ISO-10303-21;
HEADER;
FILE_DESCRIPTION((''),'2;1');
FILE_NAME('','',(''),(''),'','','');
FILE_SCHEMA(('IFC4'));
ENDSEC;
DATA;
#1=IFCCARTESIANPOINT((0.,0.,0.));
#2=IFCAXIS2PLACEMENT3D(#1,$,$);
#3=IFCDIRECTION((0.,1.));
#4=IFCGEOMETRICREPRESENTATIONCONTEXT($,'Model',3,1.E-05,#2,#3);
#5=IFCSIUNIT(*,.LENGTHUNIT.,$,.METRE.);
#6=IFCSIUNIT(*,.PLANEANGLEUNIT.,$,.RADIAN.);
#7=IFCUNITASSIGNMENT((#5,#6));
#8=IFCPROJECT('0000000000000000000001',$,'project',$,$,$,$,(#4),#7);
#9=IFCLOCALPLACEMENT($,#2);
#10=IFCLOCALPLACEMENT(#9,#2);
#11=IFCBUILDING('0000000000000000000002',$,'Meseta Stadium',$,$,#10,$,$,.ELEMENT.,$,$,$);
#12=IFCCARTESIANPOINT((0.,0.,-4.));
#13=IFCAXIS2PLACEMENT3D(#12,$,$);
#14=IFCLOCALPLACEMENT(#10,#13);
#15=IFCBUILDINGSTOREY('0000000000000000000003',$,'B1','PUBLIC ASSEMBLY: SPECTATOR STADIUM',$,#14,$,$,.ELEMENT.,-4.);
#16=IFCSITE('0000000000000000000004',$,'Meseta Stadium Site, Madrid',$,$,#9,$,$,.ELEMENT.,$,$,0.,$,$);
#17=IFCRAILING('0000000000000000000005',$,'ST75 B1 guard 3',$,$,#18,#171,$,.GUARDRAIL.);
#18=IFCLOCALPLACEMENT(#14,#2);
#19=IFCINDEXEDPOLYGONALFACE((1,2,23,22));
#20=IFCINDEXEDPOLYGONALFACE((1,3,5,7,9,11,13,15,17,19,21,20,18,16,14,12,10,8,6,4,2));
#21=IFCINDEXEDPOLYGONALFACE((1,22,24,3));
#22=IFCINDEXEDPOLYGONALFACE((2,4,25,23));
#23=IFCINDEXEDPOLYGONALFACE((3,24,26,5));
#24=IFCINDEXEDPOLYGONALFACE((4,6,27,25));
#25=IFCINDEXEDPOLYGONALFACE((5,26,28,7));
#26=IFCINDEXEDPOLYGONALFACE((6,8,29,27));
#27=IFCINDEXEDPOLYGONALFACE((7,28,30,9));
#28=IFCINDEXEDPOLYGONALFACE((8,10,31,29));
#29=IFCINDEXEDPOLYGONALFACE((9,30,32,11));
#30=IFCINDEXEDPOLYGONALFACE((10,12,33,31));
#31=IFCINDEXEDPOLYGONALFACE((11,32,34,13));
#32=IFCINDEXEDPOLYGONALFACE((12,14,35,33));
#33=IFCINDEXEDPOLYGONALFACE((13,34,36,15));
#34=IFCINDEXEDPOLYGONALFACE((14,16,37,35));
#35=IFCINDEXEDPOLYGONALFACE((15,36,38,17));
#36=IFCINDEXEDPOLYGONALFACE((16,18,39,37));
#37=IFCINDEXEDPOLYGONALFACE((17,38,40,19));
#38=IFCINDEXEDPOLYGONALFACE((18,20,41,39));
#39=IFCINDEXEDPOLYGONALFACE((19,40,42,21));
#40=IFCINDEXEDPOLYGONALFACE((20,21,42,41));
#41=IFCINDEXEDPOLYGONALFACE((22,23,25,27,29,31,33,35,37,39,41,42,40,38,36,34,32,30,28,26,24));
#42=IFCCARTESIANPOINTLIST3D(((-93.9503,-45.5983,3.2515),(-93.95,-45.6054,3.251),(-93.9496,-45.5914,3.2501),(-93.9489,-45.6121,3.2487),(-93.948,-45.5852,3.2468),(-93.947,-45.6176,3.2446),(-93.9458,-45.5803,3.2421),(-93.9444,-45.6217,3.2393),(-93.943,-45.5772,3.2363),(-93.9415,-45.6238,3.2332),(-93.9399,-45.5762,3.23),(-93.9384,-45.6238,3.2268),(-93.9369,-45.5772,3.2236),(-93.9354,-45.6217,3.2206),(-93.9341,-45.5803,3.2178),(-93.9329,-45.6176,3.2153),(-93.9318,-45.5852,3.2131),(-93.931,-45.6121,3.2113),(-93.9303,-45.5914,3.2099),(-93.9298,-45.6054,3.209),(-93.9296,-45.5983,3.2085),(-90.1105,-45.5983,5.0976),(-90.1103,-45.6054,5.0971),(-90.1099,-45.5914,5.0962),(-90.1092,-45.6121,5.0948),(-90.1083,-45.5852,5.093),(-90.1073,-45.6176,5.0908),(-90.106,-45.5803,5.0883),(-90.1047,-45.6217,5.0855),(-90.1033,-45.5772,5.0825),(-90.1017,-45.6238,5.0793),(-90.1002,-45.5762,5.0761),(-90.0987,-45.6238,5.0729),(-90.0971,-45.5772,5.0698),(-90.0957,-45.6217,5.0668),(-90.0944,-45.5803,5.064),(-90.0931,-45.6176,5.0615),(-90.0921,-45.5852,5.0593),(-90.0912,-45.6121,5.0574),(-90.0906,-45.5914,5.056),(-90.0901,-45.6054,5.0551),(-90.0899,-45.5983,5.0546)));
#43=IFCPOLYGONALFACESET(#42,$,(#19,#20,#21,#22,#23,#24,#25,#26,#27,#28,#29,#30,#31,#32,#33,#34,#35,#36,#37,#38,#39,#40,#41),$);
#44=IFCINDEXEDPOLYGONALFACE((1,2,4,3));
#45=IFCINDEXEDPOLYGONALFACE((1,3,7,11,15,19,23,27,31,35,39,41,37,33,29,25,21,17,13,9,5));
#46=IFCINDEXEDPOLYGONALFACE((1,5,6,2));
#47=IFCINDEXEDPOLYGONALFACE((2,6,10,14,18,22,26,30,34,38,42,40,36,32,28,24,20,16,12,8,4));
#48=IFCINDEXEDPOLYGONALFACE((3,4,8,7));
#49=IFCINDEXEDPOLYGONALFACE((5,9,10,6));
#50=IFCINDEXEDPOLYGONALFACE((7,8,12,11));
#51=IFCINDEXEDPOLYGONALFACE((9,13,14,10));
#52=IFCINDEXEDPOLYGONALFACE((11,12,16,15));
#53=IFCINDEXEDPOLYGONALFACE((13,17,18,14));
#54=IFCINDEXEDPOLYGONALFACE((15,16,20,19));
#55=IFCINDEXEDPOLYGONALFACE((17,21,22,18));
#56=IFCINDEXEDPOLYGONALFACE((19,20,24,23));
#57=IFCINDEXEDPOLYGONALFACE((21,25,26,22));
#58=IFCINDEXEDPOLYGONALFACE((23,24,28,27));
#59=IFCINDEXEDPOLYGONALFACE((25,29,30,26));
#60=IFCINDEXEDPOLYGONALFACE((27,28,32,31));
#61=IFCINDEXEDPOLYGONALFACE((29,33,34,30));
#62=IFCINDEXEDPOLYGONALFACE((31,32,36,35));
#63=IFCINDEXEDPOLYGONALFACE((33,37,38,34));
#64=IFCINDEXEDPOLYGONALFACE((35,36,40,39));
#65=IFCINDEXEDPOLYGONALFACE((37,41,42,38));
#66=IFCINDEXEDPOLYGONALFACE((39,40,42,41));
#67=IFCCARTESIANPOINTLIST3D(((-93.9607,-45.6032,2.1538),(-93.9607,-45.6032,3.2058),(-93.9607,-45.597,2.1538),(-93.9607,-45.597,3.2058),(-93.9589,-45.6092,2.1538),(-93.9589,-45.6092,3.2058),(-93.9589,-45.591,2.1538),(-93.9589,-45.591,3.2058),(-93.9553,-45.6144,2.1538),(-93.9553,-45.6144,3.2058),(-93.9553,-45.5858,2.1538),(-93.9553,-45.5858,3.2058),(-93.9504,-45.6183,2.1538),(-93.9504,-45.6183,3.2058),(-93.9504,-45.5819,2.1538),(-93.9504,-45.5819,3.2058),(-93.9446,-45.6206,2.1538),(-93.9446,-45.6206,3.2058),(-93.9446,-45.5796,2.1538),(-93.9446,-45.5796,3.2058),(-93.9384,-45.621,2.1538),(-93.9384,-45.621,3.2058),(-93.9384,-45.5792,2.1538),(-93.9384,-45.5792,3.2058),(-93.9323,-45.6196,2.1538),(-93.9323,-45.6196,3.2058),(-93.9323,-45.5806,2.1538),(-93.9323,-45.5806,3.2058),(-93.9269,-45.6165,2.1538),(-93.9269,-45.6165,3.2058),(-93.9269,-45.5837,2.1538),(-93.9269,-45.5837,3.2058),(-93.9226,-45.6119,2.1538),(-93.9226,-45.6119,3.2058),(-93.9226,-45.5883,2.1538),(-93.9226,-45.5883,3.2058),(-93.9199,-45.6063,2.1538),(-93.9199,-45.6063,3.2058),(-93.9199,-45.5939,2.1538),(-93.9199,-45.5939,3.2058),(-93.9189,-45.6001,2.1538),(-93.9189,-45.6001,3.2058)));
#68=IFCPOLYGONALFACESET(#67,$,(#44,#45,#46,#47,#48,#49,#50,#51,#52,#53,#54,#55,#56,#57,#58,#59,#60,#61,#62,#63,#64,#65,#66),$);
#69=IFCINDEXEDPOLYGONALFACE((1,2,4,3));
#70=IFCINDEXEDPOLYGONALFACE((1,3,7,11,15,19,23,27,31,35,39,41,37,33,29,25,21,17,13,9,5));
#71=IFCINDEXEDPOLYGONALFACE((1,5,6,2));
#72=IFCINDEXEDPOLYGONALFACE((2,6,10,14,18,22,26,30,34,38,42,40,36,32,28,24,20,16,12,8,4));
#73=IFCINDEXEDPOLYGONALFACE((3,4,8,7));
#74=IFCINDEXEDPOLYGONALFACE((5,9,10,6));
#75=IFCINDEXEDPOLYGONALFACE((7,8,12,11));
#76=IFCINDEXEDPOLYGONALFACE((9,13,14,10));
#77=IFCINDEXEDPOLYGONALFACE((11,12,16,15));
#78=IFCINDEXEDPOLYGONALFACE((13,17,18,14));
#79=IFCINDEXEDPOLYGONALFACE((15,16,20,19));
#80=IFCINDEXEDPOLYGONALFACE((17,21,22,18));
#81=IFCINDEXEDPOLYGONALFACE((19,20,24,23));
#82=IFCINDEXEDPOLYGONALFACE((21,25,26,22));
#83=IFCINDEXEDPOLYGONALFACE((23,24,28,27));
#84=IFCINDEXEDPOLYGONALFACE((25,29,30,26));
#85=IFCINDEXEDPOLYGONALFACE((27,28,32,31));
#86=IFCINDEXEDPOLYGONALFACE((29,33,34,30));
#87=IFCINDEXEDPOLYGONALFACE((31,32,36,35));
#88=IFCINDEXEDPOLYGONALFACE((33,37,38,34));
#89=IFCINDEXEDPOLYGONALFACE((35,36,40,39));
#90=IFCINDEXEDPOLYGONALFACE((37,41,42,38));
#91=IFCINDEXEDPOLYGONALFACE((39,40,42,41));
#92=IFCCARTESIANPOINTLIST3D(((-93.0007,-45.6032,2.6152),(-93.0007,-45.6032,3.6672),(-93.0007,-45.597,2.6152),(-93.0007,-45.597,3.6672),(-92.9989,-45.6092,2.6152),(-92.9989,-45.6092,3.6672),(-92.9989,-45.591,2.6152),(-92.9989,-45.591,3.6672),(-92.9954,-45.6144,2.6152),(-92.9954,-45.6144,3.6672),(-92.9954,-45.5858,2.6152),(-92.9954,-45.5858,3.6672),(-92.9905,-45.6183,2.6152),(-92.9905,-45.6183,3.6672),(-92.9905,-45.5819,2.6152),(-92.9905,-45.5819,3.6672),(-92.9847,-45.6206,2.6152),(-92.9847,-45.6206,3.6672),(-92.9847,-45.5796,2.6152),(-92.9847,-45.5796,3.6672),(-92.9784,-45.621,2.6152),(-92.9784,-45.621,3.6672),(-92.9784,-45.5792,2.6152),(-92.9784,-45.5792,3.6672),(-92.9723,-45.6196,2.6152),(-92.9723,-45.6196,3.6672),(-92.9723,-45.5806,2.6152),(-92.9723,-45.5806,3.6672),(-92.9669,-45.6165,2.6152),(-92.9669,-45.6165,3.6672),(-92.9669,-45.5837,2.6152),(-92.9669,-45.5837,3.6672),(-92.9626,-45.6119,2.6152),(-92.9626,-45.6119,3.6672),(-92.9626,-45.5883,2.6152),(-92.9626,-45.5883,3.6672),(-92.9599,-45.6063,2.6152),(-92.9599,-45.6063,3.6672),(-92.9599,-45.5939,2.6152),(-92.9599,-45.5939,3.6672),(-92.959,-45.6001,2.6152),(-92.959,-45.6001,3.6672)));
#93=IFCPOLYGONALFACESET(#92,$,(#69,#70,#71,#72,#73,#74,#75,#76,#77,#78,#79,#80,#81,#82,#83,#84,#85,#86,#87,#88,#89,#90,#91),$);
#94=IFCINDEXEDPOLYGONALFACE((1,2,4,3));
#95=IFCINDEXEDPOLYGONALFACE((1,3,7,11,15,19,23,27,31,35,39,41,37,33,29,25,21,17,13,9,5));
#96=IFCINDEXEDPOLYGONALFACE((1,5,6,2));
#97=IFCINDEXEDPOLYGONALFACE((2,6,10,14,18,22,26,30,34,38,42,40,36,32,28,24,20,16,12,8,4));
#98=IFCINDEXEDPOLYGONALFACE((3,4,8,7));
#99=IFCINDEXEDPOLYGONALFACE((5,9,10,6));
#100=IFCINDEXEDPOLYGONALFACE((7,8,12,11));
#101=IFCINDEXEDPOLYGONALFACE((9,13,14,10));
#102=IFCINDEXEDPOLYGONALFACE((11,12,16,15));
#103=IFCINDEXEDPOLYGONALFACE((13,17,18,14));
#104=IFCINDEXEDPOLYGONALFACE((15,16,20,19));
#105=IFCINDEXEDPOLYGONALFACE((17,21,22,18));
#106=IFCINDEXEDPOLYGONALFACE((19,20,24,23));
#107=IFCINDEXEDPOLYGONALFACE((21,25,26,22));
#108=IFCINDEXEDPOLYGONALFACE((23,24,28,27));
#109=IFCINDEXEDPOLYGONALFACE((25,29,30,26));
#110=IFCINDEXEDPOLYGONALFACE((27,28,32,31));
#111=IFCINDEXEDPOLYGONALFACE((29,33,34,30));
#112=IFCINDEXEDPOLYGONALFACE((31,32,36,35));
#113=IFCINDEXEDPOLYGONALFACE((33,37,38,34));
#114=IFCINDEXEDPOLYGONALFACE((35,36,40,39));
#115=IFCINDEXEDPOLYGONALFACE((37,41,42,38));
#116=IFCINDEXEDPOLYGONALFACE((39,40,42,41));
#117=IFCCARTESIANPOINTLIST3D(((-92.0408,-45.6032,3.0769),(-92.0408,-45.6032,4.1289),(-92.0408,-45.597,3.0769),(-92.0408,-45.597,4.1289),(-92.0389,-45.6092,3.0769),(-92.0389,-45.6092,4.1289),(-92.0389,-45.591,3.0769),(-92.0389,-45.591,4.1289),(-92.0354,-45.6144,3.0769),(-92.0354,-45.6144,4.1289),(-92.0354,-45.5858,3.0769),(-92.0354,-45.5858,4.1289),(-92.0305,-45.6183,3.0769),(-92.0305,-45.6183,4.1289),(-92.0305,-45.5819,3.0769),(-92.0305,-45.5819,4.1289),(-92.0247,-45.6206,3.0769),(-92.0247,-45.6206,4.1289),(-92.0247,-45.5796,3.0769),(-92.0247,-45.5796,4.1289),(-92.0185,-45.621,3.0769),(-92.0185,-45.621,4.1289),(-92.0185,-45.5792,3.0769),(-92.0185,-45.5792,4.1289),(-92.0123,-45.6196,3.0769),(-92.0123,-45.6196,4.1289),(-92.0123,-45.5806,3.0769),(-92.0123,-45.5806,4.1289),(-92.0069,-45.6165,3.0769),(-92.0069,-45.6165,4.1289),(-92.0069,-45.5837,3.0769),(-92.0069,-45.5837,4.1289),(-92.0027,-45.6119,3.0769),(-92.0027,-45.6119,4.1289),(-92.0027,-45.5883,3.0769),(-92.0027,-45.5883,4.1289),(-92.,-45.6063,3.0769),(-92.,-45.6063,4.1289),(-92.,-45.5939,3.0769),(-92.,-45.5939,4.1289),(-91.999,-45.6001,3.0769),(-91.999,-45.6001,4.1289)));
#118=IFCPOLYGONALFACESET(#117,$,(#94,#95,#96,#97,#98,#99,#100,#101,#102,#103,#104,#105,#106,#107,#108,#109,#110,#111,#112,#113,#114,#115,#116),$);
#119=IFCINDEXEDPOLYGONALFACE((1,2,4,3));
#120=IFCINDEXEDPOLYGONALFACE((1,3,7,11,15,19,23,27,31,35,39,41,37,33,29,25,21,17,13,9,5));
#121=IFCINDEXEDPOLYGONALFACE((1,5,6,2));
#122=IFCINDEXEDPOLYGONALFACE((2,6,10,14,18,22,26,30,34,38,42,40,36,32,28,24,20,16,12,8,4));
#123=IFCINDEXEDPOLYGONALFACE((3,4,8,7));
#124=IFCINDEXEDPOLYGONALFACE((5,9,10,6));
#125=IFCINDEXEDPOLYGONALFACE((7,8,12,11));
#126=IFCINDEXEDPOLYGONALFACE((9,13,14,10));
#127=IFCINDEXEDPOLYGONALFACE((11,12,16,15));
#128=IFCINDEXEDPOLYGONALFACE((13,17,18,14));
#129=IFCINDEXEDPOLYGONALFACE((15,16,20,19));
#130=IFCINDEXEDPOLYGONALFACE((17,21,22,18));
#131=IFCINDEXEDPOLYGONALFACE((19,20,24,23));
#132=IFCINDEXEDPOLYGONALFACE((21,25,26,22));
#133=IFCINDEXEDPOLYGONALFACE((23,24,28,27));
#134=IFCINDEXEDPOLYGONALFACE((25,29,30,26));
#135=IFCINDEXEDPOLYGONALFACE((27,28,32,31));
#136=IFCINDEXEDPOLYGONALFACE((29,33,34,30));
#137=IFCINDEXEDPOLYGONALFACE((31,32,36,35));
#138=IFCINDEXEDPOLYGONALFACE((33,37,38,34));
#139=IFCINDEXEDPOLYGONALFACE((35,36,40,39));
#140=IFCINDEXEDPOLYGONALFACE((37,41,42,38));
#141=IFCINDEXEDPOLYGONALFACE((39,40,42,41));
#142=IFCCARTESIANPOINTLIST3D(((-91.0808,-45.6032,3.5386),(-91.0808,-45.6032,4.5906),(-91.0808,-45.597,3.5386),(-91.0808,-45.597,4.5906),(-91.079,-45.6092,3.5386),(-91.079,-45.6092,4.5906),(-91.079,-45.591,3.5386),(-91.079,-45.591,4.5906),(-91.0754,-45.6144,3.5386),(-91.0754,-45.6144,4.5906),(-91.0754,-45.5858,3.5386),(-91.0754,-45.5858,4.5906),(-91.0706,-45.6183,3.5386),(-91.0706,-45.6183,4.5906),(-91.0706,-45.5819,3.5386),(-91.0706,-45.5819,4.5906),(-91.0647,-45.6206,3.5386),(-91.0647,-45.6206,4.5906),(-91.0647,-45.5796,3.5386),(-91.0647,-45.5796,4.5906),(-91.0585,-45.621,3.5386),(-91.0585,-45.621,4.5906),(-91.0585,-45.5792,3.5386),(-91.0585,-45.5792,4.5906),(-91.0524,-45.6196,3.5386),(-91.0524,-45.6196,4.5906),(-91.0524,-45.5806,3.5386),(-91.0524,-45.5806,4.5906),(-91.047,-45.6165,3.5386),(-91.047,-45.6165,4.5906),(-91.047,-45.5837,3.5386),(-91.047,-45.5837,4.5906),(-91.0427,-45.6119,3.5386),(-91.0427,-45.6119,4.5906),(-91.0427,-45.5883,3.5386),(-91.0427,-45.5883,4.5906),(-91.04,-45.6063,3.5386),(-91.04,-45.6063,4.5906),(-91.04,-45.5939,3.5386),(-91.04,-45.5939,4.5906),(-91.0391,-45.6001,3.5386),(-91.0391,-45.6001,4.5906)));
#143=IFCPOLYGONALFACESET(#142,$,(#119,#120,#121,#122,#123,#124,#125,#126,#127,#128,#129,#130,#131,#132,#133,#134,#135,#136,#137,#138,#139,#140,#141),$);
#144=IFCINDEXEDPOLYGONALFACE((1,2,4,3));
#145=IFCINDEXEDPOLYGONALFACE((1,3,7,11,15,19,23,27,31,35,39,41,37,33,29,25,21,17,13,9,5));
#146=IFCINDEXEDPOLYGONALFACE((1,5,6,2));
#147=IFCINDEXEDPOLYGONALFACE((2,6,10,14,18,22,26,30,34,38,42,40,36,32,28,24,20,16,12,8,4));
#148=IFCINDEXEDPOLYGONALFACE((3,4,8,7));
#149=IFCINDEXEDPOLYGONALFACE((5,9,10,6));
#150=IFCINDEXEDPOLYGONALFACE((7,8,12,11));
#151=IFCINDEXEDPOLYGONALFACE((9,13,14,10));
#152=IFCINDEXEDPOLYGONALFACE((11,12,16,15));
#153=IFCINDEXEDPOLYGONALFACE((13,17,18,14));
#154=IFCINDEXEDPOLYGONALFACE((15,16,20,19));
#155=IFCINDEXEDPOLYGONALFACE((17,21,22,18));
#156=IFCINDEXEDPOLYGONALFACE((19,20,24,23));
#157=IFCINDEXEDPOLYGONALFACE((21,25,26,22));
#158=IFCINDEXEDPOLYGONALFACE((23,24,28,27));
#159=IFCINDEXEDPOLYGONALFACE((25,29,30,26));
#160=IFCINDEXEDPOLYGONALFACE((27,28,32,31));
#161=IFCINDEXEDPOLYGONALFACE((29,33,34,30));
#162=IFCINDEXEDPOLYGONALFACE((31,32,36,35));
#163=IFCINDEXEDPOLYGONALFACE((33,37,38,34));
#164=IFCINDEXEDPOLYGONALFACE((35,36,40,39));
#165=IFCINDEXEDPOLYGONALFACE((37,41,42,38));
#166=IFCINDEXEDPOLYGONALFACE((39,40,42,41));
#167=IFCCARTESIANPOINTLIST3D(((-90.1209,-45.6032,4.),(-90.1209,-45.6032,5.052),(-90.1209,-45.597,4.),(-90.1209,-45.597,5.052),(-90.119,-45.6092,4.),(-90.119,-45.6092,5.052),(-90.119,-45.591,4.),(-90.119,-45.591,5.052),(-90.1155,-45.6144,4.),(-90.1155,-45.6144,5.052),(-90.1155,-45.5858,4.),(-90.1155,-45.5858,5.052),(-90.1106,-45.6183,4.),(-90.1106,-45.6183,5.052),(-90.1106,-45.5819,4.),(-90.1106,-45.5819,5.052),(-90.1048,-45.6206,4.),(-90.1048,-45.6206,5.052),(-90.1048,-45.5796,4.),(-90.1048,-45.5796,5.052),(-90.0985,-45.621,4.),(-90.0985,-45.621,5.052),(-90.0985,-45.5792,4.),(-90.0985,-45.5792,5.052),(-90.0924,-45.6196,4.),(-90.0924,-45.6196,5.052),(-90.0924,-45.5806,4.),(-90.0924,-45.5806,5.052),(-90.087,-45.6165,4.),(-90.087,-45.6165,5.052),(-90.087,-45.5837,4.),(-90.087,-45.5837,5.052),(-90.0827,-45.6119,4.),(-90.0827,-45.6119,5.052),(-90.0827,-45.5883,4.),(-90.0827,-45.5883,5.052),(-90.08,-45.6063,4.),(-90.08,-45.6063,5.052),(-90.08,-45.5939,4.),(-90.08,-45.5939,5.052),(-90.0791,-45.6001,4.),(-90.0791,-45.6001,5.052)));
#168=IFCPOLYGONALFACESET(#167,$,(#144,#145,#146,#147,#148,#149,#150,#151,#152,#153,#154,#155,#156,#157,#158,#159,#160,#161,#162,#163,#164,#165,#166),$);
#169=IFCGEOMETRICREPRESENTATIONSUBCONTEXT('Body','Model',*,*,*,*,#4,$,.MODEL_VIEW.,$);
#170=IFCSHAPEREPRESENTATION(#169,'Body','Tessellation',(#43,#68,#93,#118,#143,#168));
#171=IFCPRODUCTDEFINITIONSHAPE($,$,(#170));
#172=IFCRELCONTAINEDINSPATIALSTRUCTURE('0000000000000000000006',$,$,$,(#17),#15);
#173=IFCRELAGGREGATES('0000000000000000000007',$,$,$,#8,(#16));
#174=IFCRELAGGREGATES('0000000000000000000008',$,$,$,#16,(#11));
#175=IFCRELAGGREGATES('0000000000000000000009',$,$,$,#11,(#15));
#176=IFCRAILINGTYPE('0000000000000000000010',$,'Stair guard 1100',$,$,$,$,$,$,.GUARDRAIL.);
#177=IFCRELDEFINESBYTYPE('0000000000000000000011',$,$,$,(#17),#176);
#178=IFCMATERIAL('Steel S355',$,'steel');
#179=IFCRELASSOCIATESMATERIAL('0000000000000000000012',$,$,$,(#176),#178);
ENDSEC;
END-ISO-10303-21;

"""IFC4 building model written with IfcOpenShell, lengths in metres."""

from ifc_helpers import new_model, si_unit, direction, frame, origin, origin_2d, place, context, subcontext, project, spatial, circle, extrude, material, type_object, element, save


model = new_model("IFC4")

# Units and contexts
model_context = context("Model", 3, precision=1e-05, world=origin(), true_north=direction((0.0, 1.0)))
body_context = subcontext(model_context, "Body", "Model", "MODEL_VIEW")
ifc_project = project(units=[si_unit("LENGTHUNIT", "METRE"), si_unit("PLANEANGLEUNIT", "RADIAN")], contexts=[model_context])

# Site, building, storey
site_placement = place(None, origin())
site = spatial("IfcSite", under=ifc_project, at=site_placement, Name="Meseta Stadium Site, Madrid", CompositionType="ELEMENT", RefElevation=0.0)
building_placement = place(site_placement, origin())
building = spatial("IfcBuilding", under=site, at=building_placement, Name="Meseta Stadium", CompositionType="ELEMENT")
storey_placement = place(building_placement, frame((0.0, 0.0, -4.0)))
storey = spatial("IfcBuildingStorey", under=building, at=storey_placement, Name="B1", Description="PUBLIC ASSEMBLY: SPECTATOR STADIUM", CompositionType="ELEMENT", Elevation=-4.0)

# Railing
ifc_material_1 = material(Name="Steel S355", Category="steel")
railing_type_1 = type_object("IfcRailingType", Name="Stair guard 1100", PredefinedType="GUARDRAIL", material=ifc_material_1)
railing_1_placement = place(storey_placement, frame((-93.9399, -45.6001, 2.1538)))
element("IfcRailing", 1, at=railing_1_placement, inside=storey, type_object=railing_type_1, Name="ST75 B1 guard 3", PredefinedType="GUARDRAIL", context=body_context, shape_type="SweptSolid", body=[
    extrude(circle(Radius=0.0239, at=origin_2d()), frame((0.0, 0.0, 1.0762), z_axis=(0.901242, 0.0, 0.433316), x_axis=(0.0, 1.0, 0.0)), (0.0, 0.0, 1.0), 4.2605),
    extrude(circle(Radius=0.021, at=origin_2d()), origin(), (0.0, 0.0, 1.0), 1.052),
    extrude(circle(Radius=0.021, at=origin_2d()), frame((0.96, 0.0, 0.4614)), (0.0, 0.0, 1.0), 1.052),
    extrude(circle(Radius=0.021, at=origin_2d()), frame((1.9199, 0.0, 0.9231)), (0.0, 0.0, 1.0), 1.052),
    extrude(circle(Radius=0.021, at=origin_2d()), frame((2.8799, 0.0, 1.3848)), (0.0, 0.0, 1.0), 1.052),
    extrude(circle(Radius=0.021, at=origin_2d()), frame((3.8398, 0.0, 1.8462)), (0.0, 0.0, 1.0), 1.052),
])

save(model, "model.ifc")
